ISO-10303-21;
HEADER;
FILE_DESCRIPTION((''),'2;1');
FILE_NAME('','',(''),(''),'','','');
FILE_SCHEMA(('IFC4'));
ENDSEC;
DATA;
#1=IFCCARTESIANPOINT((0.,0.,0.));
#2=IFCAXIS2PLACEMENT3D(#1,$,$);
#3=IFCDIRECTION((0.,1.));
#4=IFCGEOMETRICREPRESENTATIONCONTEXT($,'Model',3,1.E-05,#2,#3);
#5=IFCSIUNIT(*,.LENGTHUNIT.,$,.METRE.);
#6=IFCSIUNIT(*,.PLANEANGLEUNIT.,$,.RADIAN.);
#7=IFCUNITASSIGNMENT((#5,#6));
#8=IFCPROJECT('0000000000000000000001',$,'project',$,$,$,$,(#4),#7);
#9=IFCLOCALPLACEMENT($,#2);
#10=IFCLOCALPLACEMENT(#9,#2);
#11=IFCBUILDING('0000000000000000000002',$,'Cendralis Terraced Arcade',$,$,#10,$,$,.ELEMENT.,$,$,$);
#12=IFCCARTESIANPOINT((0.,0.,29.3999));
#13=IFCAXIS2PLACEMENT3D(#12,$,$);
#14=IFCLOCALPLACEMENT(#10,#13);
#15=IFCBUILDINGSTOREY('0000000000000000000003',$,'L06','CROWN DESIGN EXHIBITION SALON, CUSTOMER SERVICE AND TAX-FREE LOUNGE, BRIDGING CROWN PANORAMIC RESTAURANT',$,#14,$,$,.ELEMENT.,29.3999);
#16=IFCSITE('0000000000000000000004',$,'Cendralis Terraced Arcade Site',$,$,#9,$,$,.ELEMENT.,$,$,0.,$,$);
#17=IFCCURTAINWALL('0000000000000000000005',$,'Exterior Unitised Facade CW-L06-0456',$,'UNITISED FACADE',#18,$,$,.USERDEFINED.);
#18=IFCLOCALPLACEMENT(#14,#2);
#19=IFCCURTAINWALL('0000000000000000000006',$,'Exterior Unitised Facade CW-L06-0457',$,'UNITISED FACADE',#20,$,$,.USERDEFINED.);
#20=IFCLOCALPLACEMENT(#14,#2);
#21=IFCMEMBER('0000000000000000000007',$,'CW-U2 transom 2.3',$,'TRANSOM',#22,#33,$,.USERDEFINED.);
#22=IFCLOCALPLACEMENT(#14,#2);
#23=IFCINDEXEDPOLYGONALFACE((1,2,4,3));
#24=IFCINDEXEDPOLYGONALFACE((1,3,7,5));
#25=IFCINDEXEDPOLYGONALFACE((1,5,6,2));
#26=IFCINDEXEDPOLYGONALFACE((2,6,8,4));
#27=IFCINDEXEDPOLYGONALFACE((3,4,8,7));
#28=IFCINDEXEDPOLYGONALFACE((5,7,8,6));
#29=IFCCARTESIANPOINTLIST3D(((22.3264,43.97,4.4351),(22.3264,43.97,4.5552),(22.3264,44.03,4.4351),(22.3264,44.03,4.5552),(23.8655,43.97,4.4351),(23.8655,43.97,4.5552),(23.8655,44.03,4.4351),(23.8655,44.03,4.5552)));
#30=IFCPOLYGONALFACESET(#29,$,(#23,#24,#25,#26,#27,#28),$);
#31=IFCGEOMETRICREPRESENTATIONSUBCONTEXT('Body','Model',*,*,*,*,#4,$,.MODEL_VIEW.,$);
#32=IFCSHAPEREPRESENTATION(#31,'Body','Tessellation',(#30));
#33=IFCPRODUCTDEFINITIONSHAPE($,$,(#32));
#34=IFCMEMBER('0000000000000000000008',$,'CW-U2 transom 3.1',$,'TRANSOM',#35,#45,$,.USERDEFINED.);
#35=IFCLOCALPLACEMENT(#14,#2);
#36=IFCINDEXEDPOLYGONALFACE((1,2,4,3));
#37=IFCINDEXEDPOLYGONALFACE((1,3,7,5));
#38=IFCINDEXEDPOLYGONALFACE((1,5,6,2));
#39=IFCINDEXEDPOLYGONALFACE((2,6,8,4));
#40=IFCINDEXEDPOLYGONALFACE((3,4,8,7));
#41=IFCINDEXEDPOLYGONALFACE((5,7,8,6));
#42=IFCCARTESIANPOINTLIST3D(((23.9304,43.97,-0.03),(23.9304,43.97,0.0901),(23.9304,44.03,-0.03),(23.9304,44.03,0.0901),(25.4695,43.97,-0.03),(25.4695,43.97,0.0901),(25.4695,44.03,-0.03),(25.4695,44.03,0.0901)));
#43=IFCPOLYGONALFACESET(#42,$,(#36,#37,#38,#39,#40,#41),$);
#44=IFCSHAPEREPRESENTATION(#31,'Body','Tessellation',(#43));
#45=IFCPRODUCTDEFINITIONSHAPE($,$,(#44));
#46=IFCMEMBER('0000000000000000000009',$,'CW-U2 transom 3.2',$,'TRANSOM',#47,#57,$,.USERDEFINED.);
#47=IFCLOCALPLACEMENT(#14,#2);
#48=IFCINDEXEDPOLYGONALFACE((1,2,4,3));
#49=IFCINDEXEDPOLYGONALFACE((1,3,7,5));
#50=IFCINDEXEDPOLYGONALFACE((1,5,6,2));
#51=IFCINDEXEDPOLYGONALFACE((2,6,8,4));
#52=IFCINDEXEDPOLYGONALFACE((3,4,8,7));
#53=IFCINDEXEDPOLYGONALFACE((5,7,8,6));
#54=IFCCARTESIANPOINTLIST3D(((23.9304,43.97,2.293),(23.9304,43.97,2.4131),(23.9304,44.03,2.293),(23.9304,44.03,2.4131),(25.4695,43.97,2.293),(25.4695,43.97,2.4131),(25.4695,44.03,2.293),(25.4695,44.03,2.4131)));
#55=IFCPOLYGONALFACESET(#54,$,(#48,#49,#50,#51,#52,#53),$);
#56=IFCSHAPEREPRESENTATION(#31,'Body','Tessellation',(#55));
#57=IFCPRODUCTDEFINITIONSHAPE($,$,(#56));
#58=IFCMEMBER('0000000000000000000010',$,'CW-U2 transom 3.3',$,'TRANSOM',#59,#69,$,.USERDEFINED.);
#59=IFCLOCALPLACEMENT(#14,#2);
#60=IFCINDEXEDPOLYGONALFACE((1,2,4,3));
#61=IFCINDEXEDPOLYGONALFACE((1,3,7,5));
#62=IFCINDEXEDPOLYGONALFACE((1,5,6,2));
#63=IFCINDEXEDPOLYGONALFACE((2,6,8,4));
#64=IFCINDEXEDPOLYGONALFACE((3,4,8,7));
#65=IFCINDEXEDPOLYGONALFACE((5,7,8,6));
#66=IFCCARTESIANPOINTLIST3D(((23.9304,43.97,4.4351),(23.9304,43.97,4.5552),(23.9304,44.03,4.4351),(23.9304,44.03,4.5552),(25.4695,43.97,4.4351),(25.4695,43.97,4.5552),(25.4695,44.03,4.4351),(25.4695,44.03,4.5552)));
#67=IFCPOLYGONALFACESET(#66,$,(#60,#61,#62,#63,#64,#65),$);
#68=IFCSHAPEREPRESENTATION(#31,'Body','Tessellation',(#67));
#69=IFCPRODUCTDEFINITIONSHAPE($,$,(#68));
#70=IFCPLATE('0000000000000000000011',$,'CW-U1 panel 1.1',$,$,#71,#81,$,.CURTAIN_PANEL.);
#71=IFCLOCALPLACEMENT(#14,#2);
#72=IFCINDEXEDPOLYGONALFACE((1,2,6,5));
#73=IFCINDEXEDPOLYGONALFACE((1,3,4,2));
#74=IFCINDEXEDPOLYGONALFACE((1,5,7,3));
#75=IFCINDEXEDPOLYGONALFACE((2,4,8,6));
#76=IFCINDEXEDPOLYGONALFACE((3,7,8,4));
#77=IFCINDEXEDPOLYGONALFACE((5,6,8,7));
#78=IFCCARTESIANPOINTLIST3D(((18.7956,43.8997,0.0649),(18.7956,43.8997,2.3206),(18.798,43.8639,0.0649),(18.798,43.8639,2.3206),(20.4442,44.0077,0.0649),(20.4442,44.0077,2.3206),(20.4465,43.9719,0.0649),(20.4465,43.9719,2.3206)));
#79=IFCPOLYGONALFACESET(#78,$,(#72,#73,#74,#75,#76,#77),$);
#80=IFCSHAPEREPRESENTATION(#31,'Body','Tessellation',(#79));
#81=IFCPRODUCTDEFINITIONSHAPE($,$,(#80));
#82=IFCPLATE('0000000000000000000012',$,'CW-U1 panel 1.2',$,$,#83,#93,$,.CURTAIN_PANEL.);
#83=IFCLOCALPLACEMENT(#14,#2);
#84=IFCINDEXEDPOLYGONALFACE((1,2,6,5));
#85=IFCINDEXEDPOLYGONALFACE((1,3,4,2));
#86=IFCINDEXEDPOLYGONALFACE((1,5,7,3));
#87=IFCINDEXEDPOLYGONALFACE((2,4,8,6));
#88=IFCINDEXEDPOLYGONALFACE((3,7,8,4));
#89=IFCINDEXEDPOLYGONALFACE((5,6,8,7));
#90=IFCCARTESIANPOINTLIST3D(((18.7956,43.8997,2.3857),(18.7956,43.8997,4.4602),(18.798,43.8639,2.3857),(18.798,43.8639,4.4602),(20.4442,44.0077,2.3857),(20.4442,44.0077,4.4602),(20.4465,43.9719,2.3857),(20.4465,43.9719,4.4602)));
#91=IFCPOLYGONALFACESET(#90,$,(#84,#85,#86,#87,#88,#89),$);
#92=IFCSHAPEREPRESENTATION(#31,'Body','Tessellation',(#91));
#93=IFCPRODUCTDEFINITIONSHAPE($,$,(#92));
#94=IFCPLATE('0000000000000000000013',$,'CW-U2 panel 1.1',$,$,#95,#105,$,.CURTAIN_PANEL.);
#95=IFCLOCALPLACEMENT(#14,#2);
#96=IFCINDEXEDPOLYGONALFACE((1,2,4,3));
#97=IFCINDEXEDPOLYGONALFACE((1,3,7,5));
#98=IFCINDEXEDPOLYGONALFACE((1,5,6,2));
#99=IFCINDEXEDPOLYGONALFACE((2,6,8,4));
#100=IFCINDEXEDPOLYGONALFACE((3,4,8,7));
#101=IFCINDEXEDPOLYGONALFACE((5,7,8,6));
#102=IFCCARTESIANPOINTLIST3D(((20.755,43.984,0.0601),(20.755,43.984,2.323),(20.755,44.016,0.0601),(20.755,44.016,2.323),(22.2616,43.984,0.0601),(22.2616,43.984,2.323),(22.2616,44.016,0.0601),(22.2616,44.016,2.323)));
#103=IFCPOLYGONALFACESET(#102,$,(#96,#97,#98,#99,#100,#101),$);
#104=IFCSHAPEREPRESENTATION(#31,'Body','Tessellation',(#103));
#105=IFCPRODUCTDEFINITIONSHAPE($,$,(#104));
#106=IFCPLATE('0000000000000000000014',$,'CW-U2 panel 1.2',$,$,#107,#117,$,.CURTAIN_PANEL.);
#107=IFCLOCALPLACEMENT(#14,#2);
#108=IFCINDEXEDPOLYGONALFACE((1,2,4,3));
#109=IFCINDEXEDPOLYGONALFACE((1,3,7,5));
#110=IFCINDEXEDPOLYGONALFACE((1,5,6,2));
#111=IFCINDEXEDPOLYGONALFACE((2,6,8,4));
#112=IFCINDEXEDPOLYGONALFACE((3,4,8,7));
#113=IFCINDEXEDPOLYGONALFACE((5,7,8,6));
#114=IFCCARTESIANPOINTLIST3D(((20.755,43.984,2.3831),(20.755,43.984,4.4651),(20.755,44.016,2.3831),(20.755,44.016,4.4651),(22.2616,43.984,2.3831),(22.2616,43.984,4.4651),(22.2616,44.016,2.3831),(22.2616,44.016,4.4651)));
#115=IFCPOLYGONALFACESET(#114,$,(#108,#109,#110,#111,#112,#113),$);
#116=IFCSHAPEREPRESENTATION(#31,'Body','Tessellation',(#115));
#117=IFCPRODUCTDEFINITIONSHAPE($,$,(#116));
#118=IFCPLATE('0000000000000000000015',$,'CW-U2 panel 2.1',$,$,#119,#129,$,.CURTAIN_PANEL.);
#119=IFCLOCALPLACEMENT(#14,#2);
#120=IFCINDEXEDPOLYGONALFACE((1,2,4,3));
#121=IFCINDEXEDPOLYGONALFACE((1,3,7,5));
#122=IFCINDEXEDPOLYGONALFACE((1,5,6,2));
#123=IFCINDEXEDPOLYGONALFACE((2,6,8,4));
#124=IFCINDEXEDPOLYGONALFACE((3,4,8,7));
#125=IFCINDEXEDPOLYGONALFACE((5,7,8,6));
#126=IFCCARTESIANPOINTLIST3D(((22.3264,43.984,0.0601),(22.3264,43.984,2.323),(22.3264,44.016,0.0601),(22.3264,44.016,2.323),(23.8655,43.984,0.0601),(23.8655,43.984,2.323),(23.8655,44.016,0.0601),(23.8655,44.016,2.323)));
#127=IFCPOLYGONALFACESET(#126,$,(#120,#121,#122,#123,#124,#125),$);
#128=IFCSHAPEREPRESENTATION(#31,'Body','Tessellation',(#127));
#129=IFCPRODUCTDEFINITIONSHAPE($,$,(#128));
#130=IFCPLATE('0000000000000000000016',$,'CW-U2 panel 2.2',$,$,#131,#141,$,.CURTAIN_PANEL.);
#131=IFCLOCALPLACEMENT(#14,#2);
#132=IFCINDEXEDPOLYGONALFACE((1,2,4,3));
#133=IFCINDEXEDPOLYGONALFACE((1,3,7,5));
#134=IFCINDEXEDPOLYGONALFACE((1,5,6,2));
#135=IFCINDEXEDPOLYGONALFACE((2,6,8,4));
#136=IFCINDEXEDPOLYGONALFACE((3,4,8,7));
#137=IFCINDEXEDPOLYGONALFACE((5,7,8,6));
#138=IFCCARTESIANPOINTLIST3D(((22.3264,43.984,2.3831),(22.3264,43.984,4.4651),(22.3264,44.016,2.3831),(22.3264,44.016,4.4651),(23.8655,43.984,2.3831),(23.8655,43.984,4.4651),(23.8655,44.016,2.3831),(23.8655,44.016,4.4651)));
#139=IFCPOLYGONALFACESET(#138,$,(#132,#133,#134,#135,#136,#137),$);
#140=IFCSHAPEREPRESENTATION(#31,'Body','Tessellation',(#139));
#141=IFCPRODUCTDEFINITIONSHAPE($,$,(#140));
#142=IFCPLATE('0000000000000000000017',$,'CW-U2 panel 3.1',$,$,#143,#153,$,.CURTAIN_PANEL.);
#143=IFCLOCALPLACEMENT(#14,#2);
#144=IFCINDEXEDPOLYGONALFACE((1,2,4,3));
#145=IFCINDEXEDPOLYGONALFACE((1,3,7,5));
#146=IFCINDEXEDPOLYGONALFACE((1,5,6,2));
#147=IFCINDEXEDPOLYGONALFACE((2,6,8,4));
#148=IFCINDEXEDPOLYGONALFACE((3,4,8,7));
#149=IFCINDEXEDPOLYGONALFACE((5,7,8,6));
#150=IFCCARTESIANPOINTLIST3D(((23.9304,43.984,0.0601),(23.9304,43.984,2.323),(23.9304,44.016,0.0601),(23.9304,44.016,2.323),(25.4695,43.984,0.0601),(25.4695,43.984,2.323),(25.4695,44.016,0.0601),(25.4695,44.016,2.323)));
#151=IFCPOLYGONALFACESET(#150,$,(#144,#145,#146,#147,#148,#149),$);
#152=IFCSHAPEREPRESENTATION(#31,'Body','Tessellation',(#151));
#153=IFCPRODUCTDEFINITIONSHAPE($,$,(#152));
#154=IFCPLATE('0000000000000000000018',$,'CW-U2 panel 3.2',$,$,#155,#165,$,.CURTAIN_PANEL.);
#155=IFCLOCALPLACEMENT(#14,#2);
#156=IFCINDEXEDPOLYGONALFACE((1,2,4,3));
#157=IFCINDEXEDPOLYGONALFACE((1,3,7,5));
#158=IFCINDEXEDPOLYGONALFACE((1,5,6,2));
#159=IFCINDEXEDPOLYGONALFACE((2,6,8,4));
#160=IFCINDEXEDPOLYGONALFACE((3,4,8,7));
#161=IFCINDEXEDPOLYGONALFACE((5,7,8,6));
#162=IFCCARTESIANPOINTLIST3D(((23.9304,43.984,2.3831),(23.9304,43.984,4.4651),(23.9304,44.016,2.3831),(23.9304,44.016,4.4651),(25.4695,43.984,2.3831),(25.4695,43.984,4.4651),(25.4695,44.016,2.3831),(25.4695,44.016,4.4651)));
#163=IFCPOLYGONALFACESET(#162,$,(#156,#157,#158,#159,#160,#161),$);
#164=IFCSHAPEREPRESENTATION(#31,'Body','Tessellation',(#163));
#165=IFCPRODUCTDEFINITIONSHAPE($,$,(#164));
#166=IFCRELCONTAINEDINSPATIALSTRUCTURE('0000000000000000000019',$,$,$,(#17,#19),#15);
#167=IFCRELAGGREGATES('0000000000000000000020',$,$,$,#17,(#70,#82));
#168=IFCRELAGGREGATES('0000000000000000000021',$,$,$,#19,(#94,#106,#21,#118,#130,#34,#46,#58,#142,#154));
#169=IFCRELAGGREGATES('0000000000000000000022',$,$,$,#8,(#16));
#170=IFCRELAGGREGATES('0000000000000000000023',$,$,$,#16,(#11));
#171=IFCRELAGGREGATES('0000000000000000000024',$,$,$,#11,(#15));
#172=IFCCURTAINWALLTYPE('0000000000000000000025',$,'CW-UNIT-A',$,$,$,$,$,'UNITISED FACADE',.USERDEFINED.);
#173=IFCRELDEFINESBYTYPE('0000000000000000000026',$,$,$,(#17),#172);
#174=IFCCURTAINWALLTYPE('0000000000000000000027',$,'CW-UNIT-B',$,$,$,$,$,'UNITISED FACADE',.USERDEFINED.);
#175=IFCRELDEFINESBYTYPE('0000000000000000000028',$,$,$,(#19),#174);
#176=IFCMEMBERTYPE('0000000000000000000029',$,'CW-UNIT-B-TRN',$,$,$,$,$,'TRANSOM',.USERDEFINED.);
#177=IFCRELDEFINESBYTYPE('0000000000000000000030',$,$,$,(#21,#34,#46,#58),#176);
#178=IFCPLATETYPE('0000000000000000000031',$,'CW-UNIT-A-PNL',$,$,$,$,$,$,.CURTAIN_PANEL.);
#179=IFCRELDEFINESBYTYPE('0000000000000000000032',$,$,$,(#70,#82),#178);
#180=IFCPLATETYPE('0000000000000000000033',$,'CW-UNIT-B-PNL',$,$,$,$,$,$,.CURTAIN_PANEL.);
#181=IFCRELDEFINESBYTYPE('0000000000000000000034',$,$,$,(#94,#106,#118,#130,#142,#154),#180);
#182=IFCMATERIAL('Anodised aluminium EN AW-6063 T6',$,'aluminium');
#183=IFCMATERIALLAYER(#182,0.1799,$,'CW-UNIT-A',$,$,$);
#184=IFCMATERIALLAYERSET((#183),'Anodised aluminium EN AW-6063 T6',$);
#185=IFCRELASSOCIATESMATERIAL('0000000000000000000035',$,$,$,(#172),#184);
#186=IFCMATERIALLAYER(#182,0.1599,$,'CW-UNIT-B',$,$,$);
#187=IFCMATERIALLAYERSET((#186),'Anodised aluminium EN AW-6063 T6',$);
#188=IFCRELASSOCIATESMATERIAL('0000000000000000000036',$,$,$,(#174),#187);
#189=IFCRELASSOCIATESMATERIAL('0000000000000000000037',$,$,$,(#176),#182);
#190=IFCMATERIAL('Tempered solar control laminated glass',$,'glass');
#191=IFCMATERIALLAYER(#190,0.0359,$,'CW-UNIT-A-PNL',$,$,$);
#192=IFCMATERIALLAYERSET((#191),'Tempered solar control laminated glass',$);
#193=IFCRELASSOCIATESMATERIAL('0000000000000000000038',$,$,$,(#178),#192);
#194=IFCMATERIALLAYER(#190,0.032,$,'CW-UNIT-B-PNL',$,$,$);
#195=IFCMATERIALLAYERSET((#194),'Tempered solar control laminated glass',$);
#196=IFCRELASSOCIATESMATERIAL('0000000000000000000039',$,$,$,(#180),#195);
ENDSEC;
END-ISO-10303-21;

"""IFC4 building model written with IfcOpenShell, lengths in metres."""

from ifc_helpers import new_model, si_unit, direction, frame, origin, origin_2d, place, context, subcontext, project, spatial, rectangle, extrude, material, layer, layer_set, material_profile, profile_set, type_object, element, aggregate, save


model = new_model("IFC4")

# Units and contexts
model_context = context("Model", 3, precision=1e-05, world=origin(), true_north=direction((0.0, 1.0)))
body_context = subcontext(model_context, "Body", "Model", "MODEL_VIEW")
ifc_project = project(units=[si_unit("LENGTHUNIT", "METRE"), si_unit("PLANEANGLEUNIT", "RADIAN")], contexts=[model_context])

# Site, building, storey
site_placement = place(None, origin())
site = spatial("IfcSite", under=ifc_project, at=site_placement, Name="Cendralis Terraced Arcade Site", CompositionType="ELEMENT", RefElevation=0.0)
building_placement = place(site_placement, origin())
building = spatial("IfcBuilding", under=site, at=building_placement, Name="Cendralis Terraced Arcade", CompositionType="ELEMENT")
storey_placement = place(building_placement, frame((0.0, 0.0, 29.3999)))
storey = spatial("IfcBuildingStorey", under=building, at=storey_placement, Name="L06", Description="CROWN DESIGN EXHIBITION SALON, CUSTOMER SERVICE AND TAX-FREE LOUNGE, BRIDGING CROWN PANORAMIC RESTAURANT", CompositionType="ELEMENT", Elevation=29.3999)

# Curtain walls, members
ifc_material_1 = material(Name="Anodised aluminium EN AW-6063 T6", Category="aluminium")
ifc_layer_1 = layer(ifc_material_1, 0.1799, Name="CW-UNIT-A")
ifc_layer_set_1 = layer_set([ifc_layer_1], Name="Anodised aluminium EN AW-6063 T6")
curtain_wall_type_1 = type_object("IfcCurtainWallType", Name="CW-UNIT-A", ElementType="UNITISED FACADE", PredefinedType="USERDEFINED", material=ifc_layer_set_1)
curtain_wall_1_placement = place(storey_placement, origin())
curtain_wall_1 = element("IfcCurtainWall", 1, at=curtain_wall_1_placement, inside=storey, type_object=curtain_wall_type_1, Name="Exterior Unitised Facade CW-L06-0456", ObjectType="UNITISED FACADE", PredefinedType="USERDEFINED")
ifc_layer_2 = layer(ifc_material_1, 0.1599, Name="CW-UNIT-B")
ifc_layer_set_2 = layer_set([ifc_layer_2], Name="Anodised aluminium EN AW-6063 T6")
curtain_wall_type_2 = type_object("IfcCurtainWallType", Name="CW-UNIT-B", ElementType="UNITISED FACADE", PredefinedType="USERDEFINED", material=ifc_layer_set_2)
curtain_wall_2_placement = place(storey_placement, origin())
curtain_wall_2 = element("IfcCurtainWall", 2, at=curtain_wall_2_placement, inside=storey, type_object=curtain_wall_type_2, Name="Exterior Unitised Facade CW-L06-0457", ObjectType="UNITISED FACADE", PredefinedType="USERDEFINED")
ifc_material_profile_1 = material_profile(ifc_material_1, rectangle(XDim=0.0601, YDim=0.1201, at=origin_2d()), Name="ALU-TRN-60x120")
ifc_profile_set_1 = profile_set([ifc_material_profile_1], Name="Anodised aluminium EN AW-6063 T6")
member_type_1 = type_object("IfcMemberType", Name="CW-UNIT-B-TRN", ElementType="TRANSOM", PredefinedType="USERDEFINED", material=ifc_profile_set_1)
member_1_placement = place(storey_placement, frame((22.3264, 44.0, 4.4951), z_axis=(1.0, 0.0, 0.0), x_axis=(0.0, 1.0, 0.0)))
member_1 = element("IfcMember", 3, at=member_1_placement, type_object=member_type_1, Name="CW-U2 transom 2.3", ObjectType="TRANSOM", PredefinedType="USERDEFINED", context=body_context, shape_type="SweptSolid", body=[
    extrude(rectangle(XDim=0.0601, YDim=0.1201, at=origin_2d()), origin(), (0.0, 0.0, 1.0), 1.5391),
])
member_2_placement = place(storey_placement, frame((23.9304, 44.0, 0.03), z_axis=(1.0, 0.0, 0.0), x_axis=(0.0, 1.0, 0.0)))
member_2 = element("IfcMember", 4, at=member_2_placement, type_object=member_type_1, Name="CW-U2 transom 3.1", ObjectType="TRANSOM", PredefinedType="USERDEFINED", context=body_context, shape_type="SweptSolid", body=[
    extrude(rectangle(XDim=0.0601, YDim=0.1201, at=origin_2d()), origin(), (0.0, 0.0, 1.0), 1.5391),
])
member_3_placement = place(storey_placement, frame((23.9304, 44.0, 2.353), z_axis=(1.0, 0.0, 0.0), x_axis=(0.0, 1.0, 0.0)))
member_3 = element("IfcMember", 5, at=member_3_placement, type_object=member_type_1, Name="CW-U2 transom 3.2", ObjectType="TRANSOM", PredefinedType="USERDEFINED", context=body_context, shape_type="SweptSolid", body=[
    extrude(rectangle(XDim=0.0601, YDim=0.1201, at=origin_2d()), origin(), (0.0, 0.0, 1.0), 1.5391),
])
member_4_placement = place(storey_placement, frame((23.9304, 44.0, 4.4951), z_axis=(1.0, 0.0, 0.0), x_axis=(0.0, 1.0, 0.0)))
member_4 = element("IfcMember", 6, at=member_4_placement, type_object=member_type_1, Name="CW-U2 transom 3.3", ObjectType="TRANSOM", PredefinedType="USERDEFINED", context=body_context, shape_type="SweptSolid", body=[
    extrude(rectangle(XDim=0.0601, YDim=0.1201, at=origin_2d()), origin(), (0.0, 0.0, 1.0), 1.5391),
])

# Plates
ifc_material_2 = material(Name="Tempered solar control laminated glass", Category="glass")
ifc_layer_3 = layer(ifc_material_2, 0.0359, Name="CW-UNIT-A-PNL")
ifc_layer_set_3 = layer_set([ifc_layer_3], Name="Tempered solar control laminated glass")
plate_type_1 = type_object("IfcPlateType", Name="CW-UNIT-A-PNL", PredefinedType="CURTAIN_PANEL", material=ifc_layer_set_3)
plate_1_placement = place(storey_placement, frame((19.6211, 43.9358, 0.0649), z_axis=(0.0, 0.0, 1.0), x_axis=(0.997861, 0.065372, 0.0)))
plate_1 = element("IfcPlate", 7, at=plate_1_placement, type_object=plate_type_1, Name="CW-U1 panel 1.1", PredefinedType="CURTAIN_PANEL", context=body_context, shape_type="SweptSolid", body=[
    extrude(rectangle(XDim=1.6521, YDim=0.0359, at=origin_2d()), origin(), (0.0, 0.0, 1.0), 2.2556),
])
plate_2_placement = place(storey_placement, frame((19.6211, 43.9358, 2.3857), z_axis=(0.0, 0.0, 1.0), x_axis=(0.997861, 0.065372, 0.0)))
plate_2 = element("IfcPlate", 8, at=plate_2_placement, type_object=plate_type_1, Name="CW-U1 panel 1.2", PredefinedType="CURTAIN_PANEL", context=body_context, shape_type="SweptSolid", body=[
    extrude(rectangle(XDim=1.6521, YDim=0.0359, at=origin_2d()), origin(), (0.0, 0.0, 1.0), 2.0745),
])
aggregate(curtain_wall_1, [plate_1, plate_2])
ifc_layer_4 = layer(ifc_material_2, 0.032, Name="CW-UNIT-B-PNL")
ifc_layer_set_4 = layer_set([ifc_layer_4], Name="Tempered solar control laminated glass")
plate_type_2 = type_object("IfcPlateType", Name="CW-UNIT-B-PNL", PredefinedType="CURTAIN_PANEL", material=ifc_layer_set_4)
plate_3_placement = place(storey_placement, frame((21.5083, 44.0, 0.0601), z_axis=(0.0, 0.0, 1.0), x_axis=(1.0, 0.0, 0.0)))
plate_3 = element("IfcPlate", 9, at=plate_3_placement, type_object=plate_type_2, Name="CW-U2 panel 1.1", PredefinedType="CURTAIN_PANEL", context=body_context, shape_type="SweptSolid", body=[
    extrude(rectangle(XDim=1.5066, YDim=0.032, at=origin_2d()), origin(), (0.0, 0.0, 1.0), 2.2629),
])
plate_4_placement = place(storey_placement, frame((21.5083, 44.0, 2.3831), z_axis=(0.0, 0.0, 1.0), x_axis=(1.0, 0.0, 0.0)))
plate_4 = element("IfcPlate", 10, at=plate_4_placement, type_object=plate_type_2, Name="CW-U2 panel 1.2", PredefinedType="CURTAIN_PANEL", context=body_context, shape_type="SweptSolid", body=[
    extrude(rectangle(XDim=1.5066, YDim=0.032, at=origin_2d()), origin(), (0.0, 0.0, 1.0), 2.082),
])
plate_5_placement = place(storey_placement, frame((23.0959, 44.0, 0.0601), z_axis=(0.0, 0.0, 1.0), x_axis=(1.0, 0.0, 0.0)))
plate_5 = element("IfcPlate", 11, at=plate_5_placement, type_object=plate_type_2, Name="CW-U2 panel 2.1", PredefinedType="CURTAIN_PANEL", context=body_context, shape_type="SweptSolid", body=[
    extrude(rectangle(XDim=1.5391, YDim=0.032, at=origin_2d()), origin(), (0.0, 0.0, 1.0), 2.2629),
])
plate_6_placement = place(storey_placement, frame((23.0959, 44.0, 2.3831), z_axis=(0.0, 0.0, 1.0), x_axis=(1.0, 0.0, 0.0)))
plate_6 = element("IfcPlate", 12, at=plate_6_placement, type_object=plate_type_2, Name="CW-U2 panel 2.2", PredefinedType="CURTAIN_PANEL", context=body_context, shape_type="SweptSolid", body=[
    extrude(rectangle(XDim=1.5391, YDim=0.032, at=origin_2d()), origin(), (0.0, 0.0, 1.0), 2.082),
])
plate_7_placement = place(storey_placement, frame((24.7, 44.0, 0.0601), z_axis=(0.0, 0.0, 1.0), x_axis=(1.0, 0.0, 0.0)))
plate_7 = element("IfcPlate", 13, at=plate_7_placement, type_object=plate_type_2, Name="CW-U2 panel 3.1", PredefinedType="CURTAIN_PANEL", context=body_context, shape_type="SweptSolid", body=[
    extrude(rectangle(XDim=1.5391, YDim=0.032, at=origin_2d()), origin(), (0.0, 0.0, 1.0), 2.2629),
])
plate_8_placement = place(storey_placement, frame((24.7, 44.0, 2.3831), z_axis=(0.0, 0.0, 1.0), x_axis=(1.0, 0.0, 0.0)))
plate_8 = element("IfcPlate", 14, at=plate_8_placement, type_object=plate_type_2, Name="CW-U2 panel 3.2", PredefinedType="CURTAIN_PANEL", context=body_context, shape_type="SweptSolid", body=[
    extrude(rectangle(XDim=1.5391, YDim=0.032, at=origin_2d()), origin(), (0.0, 0.0, 1.0), 2.082),
])
aggregate(curtain_wall_2, [plate_3, plate_4, member_1, plate_5, plate_6, member_2, member_3, member_4, plate_7, plate_8])

save(model, "model.ifc")
